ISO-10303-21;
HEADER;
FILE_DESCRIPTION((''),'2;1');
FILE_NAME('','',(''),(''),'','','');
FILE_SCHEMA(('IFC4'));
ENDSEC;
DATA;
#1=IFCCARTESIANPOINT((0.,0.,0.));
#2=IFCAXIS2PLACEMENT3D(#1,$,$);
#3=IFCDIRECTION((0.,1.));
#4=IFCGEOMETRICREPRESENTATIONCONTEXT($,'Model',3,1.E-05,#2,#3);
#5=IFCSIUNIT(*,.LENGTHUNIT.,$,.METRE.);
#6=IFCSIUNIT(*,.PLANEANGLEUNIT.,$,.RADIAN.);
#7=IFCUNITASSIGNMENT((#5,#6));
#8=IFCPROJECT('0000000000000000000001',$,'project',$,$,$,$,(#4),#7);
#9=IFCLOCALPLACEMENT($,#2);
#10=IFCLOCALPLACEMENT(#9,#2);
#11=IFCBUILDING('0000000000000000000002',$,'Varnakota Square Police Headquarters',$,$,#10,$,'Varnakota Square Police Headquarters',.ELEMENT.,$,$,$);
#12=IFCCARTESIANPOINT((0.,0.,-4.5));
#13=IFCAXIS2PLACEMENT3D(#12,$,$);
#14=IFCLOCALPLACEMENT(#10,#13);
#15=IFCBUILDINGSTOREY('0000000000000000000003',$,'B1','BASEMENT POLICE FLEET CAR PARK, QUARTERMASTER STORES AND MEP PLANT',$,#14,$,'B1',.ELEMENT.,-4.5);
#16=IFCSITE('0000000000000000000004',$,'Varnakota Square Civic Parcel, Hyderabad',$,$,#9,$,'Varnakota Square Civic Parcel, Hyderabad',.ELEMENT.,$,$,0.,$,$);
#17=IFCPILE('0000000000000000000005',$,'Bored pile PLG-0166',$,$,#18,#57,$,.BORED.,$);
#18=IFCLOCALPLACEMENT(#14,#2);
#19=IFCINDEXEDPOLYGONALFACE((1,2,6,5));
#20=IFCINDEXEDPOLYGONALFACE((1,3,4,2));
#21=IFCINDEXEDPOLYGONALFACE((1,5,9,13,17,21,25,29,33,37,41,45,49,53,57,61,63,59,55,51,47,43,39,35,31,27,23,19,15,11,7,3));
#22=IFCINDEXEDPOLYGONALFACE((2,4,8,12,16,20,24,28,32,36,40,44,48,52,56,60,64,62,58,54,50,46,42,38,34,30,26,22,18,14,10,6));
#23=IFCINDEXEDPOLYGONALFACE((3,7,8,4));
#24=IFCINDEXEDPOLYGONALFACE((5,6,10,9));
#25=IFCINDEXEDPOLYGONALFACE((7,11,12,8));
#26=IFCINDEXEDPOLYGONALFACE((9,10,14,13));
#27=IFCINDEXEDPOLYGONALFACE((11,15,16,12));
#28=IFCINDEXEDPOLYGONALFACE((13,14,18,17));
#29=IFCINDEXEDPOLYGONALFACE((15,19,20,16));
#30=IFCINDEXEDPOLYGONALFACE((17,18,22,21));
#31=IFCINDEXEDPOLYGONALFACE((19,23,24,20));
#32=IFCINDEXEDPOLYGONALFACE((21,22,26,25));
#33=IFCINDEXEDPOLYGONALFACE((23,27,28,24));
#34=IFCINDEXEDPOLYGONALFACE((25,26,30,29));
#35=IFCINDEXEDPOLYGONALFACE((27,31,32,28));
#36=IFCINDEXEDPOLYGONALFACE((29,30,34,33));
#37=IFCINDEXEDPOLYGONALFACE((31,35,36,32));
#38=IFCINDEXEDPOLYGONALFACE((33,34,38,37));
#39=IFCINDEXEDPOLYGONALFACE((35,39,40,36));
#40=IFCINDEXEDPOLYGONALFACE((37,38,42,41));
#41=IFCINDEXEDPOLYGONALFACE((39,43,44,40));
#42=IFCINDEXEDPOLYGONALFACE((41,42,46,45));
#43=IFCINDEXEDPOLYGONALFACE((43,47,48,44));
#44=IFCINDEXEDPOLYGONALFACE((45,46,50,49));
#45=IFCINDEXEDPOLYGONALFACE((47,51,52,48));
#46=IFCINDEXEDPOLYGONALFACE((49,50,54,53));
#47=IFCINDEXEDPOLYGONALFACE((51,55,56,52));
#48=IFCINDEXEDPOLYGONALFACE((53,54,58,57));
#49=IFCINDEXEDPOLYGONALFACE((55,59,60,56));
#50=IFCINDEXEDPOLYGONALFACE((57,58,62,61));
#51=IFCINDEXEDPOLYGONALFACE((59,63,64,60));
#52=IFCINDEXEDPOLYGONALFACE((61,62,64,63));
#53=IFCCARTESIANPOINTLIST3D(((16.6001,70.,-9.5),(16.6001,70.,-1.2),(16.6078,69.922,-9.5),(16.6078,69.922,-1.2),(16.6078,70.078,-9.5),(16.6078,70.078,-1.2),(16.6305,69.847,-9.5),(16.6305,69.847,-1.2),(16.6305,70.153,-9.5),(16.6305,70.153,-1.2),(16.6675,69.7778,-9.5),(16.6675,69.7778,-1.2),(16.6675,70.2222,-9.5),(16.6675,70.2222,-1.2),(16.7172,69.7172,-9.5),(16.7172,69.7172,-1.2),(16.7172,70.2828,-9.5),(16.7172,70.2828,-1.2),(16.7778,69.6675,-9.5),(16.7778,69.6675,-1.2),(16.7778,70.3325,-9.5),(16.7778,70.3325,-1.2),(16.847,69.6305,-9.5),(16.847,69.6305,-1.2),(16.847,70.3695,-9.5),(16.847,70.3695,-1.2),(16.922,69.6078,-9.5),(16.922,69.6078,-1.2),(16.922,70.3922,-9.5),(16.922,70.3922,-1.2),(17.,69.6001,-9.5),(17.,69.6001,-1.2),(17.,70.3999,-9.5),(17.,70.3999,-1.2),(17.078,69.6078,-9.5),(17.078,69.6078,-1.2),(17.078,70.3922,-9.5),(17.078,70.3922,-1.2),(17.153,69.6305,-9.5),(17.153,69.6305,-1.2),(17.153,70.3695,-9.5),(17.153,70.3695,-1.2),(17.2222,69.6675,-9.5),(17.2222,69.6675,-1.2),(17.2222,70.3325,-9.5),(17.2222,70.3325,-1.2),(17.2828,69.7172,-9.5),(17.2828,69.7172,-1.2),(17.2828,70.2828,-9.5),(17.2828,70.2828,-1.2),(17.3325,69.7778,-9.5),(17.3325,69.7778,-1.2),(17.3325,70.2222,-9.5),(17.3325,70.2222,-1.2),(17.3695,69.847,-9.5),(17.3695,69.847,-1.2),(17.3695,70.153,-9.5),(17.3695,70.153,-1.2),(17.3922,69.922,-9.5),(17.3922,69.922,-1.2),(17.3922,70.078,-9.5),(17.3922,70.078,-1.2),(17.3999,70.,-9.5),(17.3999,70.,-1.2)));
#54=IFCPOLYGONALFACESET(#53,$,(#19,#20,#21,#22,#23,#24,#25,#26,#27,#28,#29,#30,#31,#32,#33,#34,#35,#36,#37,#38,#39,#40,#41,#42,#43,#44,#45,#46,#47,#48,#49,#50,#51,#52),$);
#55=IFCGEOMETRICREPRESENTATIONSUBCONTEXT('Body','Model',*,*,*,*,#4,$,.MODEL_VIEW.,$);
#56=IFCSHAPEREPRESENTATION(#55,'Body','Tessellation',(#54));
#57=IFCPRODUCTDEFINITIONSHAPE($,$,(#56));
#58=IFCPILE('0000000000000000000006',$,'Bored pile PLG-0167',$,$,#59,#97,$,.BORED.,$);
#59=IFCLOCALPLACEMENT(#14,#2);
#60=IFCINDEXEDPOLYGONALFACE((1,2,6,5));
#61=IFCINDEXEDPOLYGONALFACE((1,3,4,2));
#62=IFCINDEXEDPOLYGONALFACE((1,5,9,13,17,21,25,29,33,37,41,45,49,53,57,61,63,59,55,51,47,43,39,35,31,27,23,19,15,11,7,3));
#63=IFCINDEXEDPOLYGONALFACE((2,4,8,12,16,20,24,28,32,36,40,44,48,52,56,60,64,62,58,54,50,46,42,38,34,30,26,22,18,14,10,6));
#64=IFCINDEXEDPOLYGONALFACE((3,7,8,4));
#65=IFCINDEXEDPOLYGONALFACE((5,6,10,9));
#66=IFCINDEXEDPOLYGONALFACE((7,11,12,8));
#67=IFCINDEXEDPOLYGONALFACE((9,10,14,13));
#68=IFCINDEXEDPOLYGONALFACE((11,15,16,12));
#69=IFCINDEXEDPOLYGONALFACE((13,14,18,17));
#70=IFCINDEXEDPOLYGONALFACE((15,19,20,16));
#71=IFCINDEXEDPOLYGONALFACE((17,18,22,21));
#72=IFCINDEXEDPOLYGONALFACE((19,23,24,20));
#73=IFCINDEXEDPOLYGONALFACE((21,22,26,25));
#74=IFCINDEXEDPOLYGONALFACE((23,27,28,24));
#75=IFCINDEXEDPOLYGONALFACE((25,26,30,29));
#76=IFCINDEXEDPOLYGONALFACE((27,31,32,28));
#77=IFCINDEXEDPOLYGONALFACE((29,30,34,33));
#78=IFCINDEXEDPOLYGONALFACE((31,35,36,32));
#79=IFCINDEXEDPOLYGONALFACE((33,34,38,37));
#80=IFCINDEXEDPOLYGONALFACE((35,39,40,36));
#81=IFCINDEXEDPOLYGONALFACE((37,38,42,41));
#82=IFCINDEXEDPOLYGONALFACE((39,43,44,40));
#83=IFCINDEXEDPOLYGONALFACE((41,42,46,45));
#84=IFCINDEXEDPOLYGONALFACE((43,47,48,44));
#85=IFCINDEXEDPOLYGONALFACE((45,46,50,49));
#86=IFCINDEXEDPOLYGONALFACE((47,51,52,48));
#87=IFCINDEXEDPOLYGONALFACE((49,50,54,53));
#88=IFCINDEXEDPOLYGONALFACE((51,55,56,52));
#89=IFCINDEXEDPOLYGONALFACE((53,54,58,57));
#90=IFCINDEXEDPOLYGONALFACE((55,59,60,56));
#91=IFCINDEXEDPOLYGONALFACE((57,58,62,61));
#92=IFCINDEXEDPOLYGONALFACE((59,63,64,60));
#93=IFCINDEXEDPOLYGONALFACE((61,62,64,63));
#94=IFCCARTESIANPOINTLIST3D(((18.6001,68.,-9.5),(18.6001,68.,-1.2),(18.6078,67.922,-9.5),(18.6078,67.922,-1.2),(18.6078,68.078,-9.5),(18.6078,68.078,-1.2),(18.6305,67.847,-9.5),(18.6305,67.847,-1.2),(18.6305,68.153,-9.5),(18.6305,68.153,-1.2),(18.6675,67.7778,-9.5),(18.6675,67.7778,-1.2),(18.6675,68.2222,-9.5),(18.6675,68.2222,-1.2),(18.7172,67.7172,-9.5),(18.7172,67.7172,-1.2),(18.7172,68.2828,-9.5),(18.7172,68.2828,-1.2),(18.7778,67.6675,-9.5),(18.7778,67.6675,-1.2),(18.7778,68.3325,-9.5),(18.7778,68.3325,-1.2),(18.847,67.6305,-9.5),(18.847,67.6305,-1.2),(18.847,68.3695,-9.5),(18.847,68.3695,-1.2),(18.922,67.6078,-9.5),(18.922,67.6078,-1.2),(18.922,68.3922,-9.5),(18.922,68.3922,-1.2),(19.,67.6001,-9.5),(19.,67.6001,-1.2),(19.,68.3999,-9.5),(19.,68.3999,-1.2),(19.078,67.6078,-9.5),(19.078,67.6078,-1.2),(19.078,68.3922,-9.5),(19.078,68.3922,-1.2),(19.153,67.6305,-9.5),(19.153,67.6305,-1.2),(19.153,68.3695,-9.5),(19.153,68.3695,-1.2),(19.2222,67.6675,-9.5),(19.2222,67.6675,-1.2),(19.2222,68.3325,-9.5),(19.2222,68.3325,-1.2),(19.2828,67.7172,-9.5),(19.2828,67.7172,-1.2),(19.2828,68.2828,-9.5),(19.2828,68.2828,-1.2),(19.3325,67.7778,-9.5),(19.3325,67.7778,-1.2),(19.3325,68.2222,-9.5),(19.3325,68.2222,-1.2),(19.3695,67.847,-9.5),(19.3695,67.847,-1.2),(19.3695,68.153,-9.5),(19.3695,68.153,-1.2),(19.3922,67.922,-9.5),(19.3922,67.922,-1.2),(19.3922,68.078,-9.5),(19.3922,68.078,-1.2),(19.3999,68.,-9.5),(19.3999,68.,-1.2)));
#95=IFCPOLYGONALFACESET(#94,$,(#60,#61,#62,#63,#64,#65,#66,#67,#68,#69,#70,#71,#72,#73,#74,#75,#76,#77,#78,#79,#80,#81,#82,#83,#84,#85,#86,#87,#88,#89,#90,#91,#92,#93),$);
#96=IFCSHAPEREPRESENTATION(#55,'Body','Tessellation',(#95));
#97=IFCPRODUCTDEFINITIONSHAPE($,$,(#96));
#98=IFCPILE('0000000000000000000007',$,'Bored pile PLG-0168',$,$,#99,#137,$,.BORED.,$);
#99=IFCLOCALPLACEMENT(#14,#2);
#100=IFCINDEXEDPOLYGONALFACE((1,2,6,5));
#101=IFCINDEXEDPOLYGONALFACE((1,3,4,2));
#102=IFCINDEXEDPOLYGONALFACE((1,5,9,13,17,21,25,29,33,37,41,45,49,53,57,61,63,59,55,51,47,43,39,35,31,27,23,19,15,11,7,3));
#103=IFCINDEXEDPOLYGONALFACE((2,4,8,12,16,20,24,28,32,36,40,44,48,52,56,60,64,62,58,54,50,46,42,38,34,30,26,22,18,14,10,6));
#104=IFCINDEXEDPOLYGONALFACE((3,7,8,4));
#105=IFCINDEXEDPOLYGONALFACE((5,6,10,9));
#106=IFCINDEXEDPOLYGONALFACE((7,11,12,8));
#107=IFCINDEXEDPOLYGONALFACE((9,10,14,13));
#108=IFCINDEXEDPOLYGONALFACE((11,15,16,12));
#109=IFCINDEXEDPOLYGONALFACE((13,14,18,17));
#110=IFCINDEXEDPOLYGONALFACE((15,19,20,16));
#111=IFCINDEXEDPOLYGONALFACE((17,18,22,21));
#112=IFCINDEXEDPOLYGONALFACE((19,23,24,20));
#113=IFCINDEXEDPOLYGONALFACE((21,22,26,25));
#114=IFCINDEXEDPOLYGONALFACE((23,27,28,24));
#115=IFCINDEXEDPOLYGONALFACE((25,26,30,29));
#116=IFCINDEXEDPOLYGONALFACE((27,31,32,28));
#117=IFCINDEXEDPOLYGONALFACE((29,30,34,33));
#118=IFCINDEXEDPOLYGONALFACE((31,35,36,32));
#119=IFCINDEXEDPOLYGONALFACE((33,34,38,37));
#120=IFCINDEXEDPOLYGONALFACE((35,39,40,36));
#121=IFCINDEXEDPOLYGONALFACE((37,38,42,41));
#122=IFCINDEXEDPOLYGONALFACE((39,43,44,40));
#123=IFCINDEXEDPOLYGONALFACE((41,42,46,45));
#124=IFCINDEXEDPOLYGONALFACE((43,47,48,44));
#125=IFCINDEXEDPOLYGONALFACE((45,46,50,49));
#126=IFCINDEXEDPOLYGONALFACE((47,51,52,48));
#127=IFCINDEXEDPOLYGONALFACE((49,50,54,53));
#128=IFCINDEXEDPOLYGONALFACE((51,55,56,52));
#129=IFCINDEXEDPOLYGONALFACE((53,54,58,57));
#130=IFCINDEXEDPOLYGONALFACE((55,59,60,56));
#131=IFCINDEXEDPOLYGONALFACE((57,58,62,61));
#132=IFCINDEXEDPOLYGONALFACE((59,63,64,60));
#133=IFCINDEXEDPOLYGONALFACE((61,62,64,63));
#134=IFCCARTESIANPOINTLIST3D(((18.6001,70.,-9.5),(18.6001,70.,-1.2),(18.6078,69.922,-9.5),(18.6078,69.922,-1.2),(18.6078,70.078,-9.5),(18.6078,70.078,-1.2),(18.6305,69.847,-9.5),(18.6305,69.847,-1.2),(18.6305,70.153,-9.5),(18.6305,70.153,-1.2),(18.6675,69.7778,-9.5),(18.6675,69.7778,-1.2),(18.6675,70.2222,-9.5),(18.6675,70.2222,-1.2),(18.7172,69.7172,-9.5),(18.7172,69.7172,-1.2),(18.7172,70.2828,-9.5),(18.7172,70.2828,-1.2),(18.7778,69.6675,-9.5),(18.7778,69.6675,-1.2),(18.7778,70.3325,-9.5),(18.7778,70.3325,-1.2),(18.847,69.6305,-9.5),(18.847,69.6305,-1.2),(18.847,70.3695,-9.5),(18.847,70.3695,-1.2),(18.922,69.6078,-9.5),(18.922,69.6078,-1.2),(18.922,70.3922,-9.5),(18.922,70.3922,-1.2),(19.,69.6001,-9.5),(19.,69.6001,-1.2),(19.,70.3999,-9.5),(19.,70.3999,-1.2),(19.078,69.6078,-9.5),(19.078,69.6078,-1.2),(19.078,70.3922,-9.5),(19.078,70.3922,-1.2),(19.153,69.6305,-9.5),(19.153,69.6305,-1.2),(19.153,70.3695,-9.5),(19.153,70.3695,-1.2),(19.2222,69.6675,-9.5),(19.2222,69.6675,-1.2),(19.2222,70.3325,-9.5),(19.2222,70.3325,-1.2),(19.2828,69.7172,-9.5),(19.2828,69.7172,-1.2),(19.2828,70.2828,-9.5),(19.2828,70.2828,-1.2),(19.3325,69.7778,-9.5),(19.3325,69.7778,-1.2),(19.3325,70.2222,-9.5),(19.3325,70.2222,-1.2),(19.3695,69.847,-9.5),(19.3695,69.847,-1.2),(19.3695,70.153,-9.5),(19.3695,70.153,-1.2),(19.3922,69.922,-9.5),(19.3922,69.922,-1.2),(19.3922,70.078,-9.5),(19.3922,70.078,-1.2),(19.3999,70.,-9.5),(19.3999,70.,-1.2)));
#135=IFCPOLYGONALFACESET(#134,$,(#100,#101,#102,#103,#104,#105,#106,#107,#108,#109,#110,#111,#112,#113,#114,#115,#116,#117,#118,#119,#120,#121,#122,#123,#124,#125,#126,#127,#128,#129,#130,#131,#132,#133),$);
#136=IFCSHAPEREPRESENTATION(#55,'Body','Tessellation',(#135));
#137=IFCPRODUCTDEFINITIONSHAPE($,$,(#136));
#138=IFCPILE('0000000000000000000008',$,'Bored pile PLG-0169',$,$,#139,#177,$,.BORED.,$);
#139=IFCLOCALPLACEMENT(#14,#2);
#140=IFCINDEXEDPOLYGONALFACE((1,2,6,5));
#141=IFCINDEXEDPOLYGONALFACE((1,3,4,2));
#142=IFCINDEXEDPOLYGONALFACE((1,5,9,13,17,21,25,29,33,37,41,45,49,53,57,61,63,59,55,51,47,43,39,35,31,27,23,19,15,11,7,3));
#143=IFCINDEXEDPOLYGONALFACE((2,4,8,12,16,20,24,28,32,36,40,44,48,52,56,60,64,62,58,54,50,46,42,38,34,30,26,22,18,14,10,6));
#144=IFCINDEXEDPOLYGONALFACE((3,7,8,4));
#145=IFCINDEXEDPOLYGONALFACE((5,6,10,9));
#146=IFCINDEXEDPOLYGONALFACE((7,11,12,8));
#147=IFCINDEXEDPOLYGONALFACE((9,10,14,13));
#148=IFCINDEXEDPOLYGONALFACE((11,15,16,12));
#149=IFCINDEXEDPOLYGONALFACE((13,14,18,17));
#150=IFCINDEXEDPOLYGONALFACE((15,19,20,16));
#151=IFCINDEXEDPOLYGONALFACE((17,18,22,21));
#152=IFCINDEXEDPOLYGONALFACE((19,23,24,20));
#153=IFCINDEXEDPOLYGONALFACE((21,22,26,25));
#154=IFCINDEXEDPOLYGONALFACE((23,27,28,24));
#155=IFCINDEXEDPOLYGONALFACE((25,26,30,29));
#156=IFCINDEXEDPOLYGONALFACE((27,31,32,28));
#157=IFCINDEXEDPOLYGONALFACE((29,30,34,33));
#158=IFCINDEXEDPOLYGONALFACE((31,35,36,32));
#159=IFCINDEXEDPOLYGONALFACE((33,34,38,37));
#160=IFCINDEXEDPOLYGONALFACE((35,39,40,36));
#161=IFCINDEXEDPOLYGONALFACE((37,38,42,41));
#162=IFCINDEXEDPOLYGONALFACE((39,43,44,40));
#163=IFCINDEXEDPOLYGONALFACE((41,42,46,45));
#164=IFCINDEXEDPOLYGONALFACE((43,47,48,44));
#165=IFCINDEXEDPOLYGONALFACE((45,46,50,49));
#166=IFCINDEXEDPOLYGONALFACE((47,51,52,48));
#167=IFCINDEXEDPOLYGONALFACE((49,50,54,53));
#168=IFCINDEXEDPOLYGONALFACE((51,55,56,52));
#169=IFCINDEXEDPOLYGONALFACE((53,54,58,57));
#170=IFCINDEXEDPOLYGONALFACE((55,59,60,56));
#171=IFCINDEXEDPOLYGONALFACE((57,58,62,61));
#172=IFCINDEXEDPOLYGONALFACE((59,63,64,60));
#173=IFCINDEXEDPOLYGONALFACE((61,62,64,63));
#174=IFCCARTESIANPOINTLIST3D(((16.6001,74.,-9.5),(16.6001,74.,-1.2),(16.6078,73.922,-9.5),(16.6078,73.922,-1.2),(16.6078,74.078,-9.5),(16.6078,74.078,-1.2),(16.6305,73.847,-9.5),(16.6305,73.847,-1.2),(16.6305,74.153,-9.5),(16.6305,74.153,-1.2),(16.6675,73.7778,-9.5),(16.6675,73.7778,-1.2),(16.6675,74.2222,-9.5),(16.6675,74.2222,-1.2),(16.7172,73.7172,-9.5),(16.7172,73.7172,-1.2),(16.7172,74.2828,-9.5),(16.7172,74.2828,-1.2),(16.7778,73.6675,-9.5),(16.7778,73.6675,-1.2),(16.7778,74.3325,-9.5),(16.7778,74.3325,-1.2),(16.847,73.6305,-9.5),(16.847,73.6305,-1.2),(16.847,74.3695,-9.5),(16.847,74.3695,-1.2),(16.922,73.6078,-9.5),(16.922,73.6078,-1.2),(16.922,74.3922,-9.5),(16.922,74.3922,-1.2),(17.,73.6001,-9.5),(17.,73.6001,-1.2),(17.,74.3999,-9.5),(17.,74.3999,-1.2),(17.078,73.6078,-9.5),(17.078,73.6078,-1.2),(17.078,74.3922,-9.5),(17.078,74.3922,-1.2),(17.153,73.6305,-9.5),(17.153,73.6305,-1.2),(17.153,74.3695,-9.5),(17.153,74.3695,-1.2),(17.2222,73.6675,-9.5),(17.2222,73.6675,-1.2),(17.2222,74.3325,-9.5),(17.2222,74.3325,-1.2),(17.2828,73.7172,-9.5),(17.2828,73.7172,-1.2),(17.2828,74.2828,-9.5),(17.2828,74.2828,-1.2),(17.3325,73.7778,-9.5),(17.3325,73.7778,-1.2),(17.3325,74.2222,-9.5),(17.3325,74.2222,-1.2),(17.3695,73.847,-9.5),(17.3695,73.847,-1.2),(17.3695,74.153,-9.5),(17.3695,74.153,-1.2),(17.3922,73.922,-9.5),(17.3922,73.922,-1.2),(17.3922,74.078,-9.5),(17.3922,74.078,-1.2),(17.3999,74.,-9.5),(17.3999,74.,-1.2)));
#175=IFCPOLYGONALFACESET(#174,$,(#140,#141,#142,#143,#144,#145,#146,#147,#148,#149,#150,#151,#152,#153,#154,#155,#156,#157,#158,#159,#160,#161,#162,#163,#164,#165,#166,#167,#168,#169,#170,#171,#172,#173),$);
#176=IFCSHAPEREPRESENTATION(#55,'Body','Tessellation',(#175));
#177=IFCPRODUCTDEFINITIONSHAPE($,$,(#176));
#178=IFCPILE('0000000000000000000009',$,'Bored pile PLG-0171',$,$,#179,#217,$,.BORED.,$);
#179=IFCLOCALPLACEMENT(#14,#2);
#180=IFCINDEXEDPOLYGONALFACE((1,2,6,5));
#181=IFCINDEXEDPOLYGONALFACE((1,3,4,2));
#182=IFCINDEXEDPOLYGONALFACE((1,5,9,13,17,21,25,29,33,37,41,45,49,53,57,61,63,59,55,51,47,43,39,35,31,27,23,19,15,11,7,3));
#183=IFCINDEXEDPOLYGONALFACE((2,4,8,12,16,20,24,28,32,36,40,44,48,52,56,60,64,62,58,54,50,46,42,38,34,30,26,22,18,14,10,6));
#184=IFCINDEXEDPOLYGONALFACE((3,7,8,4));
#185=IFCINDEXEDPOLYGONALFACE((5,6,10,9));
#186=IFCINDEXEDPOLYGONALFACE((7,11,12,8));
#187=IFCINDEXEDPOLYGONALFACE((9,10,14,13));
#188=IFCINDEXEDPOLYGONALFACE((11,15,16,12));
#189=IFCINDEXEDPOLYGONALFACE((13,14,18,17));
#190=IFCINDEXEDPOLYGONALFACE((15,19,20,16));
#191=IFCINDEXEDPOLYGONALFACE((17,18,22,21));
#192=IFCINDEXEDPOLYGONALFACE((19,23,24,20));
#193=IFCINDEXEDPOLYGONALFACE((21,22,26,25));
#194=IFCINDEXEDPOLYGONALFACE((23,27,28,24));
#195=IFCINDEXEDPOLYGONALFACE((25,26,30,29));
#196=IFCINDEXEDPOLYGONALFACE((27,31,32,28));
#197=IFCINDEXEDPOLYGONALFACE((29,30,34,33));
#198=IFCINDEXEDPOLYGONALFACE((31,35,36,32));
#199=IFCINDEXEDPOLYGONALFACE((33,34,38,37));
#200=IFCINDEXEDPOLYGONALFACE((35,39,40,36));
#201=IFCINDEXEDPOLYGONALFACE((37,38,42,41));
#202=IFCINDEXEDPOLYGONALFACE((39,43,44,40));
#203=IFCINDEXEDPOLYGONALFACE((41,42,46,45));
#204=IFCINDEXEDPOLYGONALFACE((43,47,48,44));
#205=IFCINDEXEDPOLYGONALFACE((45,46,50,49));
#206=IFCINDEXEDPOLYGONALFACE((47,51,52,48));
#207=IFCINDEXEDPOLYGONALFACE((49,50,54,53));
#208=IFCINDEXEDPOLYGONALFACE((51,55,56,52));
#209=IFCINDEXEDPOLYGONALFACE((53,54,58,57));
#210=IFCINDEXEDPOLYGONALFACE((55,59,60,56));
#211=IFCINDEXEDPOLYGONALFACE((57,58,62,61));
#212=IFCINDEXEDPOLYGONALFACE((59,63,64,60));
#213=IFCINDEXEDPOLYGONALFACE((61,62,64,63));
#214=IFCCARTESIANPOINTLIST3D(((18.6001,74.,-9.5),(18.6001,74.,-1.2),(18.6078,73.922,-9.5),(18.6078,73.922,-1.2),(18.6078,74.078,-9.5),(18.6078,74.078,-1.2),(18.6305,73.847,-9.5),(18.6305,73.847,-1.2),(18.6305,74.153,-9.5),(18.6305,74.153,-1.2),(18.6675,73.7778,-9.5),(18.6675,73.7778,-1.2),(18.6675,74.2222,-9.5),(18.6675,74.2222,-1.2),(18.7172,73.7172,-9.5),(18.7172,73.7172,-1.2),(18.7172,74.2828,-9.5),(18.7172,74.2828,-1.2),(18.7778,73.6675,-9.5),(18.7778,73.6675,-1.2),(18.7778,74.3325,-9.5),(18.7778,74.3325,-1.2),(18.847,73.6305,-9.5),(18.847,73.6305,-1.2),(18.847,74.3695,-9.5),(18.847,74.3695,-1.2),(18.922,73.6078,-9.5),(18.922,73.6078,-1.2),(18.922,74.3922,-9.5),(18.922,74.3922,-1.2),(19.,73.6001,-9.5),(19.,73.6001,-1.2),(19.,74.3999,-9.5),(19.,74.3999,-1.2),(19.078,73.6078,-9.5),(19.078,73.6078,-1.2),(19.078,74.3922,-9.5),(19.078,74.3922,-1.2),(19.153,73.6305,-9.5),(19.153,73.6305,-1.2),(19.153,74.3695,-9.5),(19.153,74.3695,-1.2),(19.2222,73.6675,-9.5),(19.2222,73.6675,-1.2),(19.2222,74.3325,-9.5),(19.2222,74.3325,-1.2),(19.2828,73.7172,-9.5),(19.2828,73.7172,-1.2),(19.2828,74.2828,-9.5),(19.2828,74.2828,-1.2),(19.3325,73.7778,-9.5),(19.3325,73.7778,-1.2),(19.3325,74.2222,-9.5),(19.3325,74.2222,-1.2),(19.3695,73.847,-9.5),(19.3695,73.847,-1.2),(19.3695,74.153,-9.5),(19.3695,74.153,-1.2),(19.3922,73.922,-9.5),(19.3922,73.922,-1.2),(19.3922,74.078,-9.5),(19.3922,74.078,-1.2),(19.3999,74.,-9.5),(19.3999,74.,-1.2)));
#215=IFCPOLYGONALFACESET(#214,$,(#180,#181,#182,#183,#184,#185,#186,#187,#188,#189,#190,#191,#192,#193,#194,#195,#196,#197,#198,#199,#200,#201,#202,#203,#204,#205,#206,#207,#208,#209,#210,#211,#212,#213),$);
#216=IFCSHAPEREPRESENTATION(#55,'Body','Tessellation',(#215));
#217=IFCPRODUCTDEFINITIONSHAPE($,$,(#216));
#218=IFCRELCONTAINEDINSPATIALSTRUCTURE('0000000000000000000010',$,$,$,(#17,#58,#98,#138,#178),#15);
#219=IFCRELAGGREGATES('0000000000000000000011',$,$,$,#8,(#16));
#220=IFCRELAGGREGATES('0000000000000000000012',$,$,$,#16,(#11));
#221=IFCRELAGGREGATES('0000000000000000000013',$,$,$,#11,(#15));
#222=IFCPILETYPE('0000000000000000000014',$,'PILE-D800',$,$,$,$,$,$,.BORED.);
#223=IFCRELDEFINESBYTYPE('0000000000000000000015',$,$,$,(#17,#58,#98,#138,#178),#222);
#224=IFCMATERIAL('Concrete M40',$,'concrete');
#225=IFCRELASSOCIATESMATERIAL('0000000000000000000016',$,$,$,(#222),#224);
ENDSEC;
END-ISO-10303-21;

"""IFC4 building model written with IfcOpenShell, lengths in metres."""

from ifc_helpers import new_model, si_unit, direction, frame, origin, origin_2d, place, context, subcontext, project, spatial, circle, extrude, material, material_profile, profile_set, type_object, element, save


model = new_model("IFC4")

# Units and contexts
model_context = context("Model", 3, precision=1e-05, world=origin(), true_north=direction((0.0, 1.0)))
body_context = subcontext(model_context, "Body", "Model", "MODEL_VIEW")
ifc_project = project(units=[si_unit("LENGTHUNIT", "METRE"), si_unit("PLANEANGLEUNIT", "RADIAN")], contexts=[model_context])

# Site, building, storey
site_placement = place(None, origin())
site = spatial("IfcSite", under=ifc_project, at=site_placement, Name="Varnakota Square Civic Parcel, Hyderabad", LongName="Varnakota Square Civic Parcel, Hyderabad", CompositionType="ELEMENT", RefElevation=0.0)
building_placement = place(site_placement, origin())
building = spatial("IfcBuilding", under=site, at=building_placement, Name="Varnakota Square Police Headquarters", LongName="Varnakota Square Police Headquarters", CompositionType="ELEMENT")
storey_placement = place(building_placement, frame((0.0, 0.0, -4.5)))
storey = spatial("IfcBuildingStorey", under=building, at=storey_placement, Name="B1", Description="BASEMENT POLICE FLEET CAR PARK, QUARTERMASTER STORES AND MEP PLANT", LongName="B1", CompositionType="ELEMENT", Elevation=-4.5)

# Shared definitions
ifc_material_1 = material(Name="Concrete M40", Category="concrete")

# Piles
ifc_material_profile_1 = material_profile(ifc_material_1, circle(Radius=0.3999, at=origin_2d()), Name="BORED PILE 800")
ifc_profile_set_1 = profile_set([ifc_material_profile_1], Name="Concrete M40")
pile_type = type_object("IfcPileType", Name="PILE-D800", PredefinedType="BORED", material=ifc_profile_set_1)
for number, where, z_axis, x_axis, name in (
    (1, (17.0, 70.0, -1.2), (0.0, 0.0, -1.0), (1.0, 0.0, 0.0), "Bored pile PLG-0166"),
    (2, (19.0, 68.0, -1.2), (0.0, 0.0, -1.0), (1.0, 0.0, 0.0), "Bored pile PLG-0167"),
    (3, (19.0, 70.0, -1.2), (0.0, 0.0, -1.0), (1.0, 0.0, 0.0), "Bored pile PLG-0168"),
    (4, (17.0, 74.0, -1.2), (0.0, 0.0, -1.0), (1.0, 0.0, 0.0), "Bored pile PLG-0169"),
    (5, (19.0, 74.0, -1.2), (0.0, 0.0, -1.0), (1.0, 0.0, 0.0), "Bored pile PLG-0171"),
):
    element("IfcPile", number, at=place(storey_placement, frame(where, z_axis=z_axis, x_axis=x_axis)), inside=storey, type_object=pile_type, Name=name, PredefinedType="BORED", context=body_context, shape_type="SweptSolid", body=[
        extrude(circle(Radius=0.3999, at=origin_2d()), origin(), (0.0, 0.0, 1.0), 8.3),
    ])

save(model, "model.ifc")
